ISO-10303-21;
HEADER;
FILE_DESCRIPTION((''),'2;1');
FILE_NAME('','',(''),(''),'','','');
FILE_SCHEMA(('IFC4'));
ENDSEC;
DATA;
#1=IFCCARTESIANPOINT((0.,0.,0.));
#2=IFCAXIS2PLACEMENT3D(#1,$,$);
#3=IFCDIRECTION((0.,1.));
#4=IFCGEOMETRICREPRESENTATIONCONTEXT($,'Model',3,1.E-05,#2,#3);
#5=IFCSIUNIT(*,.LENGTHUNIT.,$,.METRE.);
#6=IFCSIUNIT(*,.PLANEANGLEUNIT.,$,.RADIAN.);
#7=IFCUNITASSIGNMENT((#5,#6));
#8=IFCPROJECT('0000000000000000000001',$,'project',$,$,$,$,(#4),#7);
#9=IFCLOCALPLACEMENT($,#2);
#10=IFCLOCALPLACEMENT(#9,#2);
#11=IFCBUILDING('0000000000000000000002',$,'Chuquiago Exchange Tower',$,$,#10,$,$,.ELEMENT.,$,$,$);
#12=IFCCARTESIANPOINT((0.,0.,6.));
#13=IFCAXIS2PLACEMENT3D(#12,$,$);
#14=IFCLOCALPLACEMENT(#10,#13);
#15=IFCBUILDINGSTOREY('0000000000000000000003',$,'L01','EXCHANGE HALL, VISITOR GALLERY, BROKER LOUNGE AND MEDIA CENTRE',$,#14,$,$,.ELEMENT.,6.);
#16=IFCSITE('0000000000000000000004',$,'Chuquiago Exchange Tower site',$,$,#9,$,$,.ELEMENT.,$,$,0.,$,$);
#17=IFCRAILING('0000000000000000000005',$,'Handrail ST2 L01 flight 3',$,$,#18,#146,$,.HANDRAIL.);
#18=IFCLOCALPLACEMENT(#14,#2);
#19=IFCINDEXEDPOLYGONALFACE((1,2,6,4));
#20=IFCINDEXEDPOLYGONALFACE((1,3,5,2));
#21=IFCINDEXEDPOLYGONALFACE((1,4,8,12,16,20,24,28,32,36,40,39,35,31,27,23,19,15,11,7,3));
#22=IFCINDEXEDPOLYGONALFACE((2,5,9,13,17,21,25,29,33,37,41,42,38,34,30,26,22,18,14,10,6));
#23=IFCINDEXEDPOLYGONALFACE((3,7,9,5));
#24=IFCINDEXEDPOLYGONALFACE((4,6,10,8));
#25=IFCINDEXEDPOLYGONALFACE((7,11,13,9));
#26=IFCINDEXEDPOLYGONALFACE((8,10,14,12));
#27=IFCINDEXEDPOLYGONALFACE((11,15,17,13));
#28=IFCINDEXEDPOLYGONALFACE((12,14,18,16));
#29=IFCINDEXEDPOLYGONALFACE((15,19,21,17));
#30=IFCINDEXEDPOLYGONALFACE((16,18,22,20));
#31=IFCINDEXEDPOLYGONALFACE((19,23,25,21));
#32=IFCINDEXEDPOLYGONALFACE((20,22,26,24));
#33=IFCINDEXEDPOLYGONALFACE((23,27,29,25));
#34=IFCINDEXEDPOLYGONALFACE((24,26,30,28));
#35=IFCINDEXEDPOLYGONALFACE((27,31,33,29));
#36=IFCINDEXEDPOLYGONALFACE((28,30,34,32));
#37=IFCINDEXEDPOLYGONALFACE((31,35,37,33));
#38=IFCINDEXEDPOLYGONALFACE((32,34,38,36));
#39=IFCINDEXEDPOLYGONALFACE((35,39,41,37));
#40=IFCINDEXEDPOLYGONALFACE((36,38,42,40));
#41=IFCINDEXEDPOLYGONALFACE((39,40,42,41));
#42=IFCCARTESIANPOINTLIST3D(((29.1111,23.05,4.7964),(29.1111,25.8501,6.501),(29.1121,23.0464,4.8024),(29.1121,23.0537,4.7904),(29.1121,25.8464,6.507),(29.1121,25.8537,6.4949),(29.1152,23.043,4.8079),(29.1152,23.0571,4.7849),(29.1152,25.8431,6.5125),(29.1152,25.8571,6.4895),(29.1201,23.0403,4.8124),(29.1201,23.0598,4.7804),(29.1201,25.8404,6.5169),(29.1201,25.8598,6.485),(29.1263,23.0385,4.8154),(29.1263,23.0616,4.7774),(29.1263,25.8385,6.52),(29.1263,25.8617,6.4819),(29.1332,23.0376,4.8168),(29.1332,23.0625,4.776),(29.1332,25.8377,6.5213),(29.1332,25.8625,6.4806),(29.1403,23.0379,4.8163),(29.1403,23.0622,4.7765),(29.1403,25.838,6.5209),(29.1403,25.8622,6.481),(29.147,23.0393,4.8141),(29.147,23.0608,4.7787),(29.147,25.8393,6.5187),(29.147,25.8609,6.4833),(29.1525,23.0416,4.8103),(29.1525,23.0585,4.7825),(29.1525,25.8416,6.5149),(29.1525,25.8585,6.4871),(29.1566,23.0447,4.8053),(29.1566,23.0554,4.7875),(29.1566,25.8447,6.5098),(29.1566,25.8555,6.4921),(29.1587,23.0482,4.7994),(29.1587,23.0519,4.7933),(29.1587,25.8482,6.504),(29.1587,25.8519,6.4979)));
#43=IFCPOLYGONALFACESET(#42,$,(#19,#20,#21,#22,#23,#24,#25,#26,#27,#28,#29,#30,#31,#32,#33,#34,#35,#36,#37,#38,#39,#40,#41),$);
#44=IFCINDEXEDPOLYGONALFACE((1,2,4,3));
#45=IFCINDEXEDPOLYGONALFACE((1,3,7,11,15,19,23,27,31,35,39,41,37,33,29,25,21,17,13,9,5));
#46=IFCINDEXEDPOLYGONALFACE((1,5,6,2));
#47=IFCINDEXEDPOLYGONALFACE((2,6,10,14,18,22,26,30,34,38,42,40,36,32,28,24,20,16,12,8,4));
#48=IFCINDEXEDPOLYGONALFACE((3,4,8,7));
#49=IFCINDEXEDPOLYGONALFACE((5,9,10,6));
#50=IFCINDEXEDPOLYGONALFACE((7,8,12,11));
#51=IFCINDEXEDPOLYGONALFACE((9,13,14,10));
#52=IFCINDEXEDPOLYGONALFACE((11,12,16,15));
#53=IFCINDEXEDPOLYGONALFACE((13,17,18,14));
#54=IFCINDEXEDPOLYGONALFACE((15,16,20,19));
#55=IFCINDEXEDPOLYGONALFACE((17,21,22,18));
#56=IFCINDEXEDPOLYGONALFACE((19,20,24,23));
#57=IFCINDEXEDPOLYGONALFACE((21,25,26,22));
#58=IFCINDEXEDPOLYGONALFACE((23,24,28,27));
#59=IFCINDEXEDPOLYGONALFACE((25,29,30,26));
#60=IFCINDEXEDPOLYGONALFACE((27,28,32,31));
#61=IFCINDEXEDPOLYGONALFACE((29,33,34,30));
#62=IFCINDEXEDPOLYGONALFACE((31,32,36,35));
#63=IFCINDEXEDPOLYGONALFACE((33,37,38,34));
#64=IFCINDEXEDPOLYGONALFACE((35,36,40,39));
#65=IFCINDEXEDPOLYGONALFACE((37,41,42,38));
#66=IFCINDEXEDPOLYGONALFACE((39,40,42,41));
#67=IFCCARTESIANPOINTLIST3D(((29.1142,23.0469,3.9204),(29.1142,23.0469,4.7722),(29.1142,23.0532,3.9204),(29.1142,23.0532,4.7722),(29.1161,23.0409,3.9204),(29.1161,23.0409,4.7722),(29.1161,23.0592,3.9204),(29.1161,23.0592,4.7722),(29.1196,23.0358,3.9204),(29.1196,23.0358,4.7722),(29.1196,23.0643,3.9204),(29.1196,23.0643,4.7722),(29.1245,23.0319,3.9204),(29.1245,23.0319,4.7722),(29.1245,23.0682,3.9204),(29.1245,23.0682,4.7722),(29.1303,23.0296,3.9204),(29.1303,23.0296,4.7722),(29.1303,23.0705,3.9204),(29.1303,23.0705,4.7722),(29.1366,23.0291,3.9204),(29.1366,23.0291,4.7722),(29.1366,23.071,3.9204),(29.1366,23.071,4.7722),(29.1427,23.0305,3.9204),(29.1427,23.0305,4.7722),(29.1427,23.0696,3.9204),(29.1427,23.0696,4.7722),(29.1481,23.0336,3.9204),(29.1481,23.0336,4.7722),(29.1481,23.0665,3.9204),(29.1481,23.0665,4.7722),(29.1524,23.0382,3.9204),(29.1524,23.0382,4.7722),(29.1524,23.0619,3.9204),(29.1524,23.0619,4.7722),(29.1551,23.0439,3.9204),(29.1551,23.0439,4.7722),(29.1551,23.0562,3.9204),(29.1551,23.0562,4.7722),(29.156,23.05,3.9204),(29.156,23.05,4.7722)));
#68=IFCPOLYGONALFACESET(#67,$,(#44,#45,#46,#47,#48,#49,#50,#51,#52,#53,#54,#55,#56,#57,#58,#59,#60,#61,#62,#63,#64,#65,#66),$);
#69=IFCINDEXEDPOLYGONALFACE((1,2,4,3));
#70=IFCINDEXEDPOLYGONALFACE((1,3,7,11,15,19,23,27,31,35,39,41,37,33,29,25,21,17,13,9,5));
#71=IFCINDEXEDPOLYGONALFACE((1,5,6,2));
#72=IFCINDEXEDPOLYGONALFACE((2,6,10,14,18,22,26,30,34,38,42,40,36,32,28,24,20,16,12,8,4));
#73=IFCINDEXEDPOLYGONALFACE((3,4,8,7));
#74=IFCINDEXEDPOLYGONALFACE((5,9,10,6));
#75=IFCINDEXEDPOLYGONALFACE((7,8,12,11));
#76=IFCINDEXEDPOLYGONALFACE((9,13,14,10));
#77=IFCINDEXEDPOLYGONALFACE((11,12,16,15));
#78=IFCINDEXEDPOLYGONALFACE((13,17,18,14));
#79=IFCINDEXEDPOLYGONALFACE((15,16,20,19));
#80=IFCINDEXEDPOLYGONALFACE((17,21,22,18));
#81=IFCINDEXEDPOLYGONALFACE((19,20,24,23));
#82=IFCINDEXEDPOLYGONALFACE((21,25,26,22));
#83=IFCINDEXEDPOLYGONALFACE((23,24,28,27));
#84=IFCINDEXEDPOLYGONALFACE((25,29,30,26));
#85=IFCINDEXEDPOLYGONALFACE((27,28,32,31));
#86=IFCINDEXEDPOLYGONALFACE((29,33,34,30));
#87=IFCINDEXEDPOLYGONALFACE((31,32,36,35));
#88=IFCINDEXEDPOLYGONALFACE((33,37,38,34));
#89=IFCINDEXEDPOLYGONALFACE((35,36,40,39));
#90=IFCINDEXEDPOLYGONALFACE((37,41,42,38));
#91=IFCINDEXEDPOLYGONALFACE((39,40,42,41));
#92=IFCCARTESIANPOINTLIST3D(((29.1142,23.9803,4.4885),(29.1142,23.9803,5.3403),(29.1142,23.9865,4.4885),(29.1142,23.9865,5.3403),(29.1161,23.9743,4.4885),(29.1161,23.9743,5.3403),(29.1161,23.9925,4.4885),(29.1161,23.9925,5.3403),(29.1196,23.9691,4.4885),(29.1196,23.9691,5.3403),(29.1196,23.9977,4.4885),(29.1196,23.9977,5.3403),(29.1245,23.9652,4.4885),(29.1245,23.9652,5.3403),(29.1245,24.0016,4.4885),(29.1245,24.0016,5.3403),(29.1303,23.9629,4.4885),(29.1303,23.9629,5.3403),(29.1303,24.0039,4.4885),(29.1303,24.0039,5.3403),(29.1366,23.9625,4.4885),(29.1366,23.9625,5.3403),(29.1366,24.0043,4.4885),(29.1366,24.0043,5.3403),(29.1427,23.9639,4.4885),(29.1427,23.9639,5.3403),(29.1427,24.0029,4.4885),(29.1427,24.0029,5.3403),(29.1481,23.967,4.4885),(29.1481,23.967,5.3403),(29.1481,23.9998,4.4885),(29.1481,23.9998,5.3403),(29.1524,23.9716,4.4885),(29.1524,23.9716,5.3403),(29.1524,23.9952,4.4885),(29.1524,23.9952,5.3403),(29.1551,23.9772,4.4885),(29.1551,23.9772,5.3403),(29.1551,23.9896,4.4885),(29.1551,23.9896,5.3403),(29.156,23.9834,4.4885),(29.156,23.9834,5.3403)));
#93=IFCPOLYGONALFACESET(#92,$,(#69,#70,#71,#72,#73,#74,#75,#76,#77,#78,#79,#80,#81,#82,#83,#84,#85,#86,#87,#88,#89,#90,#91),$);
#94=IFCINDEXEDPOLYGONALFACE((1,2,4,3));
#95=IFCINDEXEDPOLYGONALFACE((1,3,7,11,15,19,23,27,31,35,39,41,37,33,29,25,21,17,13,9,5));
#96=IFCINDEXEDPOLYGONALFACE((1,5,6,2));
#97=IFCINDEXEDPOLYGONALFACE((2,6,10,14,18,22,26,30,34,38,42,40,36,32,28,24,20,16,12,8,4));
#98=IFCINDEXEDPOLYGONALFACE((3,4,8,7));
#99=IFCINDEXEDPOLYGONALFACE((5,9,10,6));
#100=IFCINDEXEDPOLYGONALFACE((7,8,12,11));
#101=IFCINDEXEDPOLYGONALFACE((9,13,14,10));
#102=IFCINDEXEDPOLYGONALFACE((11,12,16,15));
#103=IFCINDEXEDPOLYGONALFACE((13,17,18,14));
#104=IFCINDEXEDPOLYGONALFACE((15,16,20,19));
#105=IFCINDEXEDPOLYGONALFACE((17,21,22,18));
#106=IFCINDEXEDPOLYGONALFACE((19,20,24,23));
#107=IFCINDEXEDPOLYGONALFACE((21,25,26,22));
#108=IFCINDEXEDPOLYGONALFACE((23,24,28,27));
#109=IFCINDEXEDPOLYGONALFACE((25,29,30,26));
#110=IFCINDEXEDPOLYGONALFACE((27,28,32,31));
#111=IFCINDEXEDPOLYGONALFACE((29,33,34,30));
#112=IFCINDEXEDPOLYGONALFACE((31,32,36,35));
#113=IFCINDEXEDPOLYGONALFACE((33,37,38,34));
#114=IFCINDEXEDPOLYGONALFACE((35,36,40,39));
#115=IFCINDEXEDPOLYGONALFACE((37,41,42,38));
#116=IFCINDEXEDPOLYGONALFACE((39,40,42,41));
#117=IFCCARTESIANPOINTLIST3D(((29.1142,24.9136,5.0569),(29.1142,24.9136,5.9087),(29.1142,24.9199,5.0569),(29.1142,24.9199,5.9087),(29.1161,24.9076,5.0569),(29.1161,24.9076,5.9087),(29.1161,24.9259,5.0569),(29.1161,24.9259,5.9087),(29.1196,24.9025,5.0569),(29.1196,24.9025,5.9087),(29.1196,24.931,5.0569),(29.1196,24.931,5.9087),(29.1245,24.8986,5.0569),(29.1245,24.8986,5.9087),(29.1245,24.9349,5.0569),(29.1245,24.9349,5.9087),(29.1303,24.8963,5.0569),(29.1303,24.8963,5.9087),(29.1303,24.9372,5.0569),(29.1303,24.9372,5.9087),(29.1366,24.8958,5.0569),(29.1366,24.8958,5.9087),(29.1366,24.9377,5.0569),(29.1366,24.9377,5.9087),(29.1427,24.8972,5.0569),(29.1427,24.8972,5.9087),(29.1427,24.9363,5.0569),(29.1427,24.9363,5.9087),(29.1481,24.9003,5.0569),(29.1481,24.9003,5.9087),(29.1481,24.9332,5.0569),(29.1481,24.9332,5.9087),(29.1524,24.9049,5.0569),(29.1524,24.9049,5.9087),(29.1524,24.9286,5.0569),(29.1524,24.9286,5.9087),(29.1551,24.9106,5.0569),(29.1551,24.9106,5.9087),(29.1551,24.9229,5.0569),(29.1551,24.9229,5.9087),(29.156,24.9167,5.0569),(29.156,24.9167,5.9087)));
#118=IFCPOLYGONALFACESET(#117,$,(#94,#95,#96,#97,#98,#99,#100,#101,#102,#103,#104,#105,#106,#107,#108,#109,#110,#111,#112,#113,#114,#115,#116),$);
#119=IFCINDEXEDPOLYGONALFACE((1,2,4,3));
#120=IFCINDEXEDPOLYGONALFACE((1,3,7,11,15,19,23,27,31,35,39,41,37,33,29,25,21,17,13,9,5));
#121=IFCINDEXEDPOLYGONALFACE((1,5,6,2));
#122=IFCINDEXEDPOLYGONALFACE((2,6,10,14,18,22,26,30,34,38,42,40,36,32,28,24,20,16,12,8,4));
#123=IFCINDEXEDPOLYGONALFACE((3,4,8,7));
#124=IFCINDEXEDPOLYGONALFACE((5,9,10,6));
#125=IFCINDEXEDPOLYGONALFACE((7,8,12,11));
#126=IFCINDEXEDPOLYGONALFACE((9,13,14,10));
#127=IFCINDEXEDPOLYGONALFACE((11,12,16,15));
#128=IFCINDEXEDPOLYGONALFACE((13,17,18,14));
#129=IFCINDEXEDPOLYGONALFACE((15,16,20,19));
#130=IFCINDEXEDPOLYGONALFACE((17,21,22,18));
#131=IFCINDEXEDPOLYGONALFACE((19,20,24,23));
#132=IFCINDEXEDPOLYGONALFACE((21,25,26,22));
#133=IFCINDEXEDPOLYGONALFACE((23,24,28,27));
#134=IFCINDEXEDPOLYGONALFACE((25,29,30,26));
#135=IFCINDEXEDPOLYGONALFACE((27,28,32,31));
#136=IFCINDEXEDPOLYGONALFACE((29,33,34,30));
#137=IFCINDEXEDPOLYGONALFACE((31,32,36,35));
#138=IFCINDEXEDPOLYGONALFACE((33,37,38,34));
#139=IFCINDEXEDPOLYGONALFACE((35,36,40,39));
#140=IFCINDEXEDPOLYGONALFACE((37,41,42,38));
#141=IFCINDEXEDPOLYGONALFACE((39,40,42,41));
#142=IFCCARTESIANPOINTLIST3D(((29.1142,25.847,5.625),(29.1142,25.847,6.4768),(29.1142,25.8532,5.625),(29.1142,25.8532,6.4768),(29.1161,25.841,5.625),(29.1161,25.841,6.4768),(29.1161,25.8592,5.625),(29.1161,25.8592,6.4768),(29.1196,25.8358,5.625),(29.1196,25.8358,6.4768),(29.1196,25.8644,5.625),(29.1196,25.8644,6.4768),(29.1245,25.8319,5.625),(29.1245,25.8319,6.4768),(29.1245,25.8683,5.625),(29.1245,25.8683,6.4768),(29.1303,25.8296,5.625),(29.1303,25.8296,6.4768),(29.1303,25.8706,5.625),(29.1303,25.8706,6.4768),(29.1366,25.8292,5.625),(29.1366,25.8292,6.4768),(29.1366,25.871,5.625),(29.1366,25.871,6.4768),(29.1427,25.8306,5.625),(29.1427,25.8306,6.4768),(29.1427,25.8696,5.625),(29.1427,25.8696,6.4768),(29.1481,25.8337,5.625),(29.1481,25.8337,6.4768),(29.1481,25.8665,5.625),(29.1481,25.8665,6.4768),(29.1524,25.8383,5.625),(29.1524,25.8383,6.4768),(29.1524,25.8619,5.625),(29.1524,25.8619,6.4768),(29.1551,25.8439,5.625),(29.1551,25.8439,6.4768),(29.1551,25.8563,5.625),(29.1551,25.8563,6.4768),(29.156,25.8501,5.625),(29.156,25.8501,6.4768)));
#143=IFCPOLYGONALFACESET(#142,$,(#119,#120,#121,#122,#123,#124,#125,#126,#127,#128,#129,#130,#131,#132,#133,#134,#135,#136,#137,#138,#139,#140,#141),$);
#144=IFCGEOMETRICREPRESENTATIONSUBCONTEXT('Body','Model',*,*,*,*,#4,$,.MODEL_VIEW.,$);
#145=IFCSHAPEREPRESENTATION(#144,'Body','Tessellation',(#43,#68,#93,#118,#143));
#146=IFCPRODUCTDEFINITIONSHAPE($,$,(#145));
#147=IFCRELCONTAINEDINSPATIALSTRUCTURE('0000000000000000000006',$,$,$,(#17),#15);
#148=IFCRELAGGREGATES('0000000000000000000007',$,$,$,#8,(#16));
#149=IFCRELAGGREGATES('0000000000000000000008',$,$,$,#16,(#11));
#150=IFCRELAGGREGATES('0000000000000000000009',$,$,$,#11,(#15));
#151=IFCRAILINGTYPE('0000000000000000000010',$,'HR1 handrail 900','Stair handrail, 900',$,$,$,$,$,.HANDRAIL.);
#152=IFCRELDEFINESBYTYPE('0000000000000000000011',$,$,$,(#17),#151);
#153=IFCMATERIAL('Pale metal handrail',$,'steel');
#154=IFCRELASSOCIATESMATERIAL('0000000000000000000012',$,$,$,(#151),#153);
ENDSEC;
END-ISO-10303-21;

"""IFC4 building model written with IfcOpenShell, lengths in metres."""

from ifc_helpers import new_model, si_unit, direction, frame, origin, origin_2d, place, context, subcontext, project, spatial, circle, extrude, material, type_object, element, save


model = new_model("IFC4")

# Units and contexts
model_context = context("Model", 3, precision=1e-05, world=origin(), true_north=direction((0.0, 1.0)))
body_context = subcontext(model_context, "Body", "Model", "MODEL_VIEW")
ifc_project = project(units=[si_unit("LENGTHUNIT", "METRE"), si_unit("PLANEANGLEUNIT", "RADIAN")], contexts=[model_context])

# Site, building, storey
site_placement = place(None, origin())
site = spatial("IfcSite", under=ifc_project, at=site_placement, Name="Chuquiago Exchange Tower site", CompositionType="ELEMENT", RefElevation=0.0)
building_placement = place(site_placement, origin())
building = spatial("IfcBuilding", under=site, at=building_placement, Name="Chuquiago Exchange Tower", CompositionType="ELEMENT")
storey_placement = place(building_placement, frame((0.0, 0.0, 6.0)))
storey = spatial("IfcBuildingStorey", under=building, at=storey_placement, Name="L01", Description="EXCHANGE HALL, VISITOR GALLERY, BROKER LOUNGE AND MEDIA CENTRE", CompositionType="ELEMENT", Elevation=6.0)

# Railing
ifc_material_1 = material(Name="Pale metal handrail", Category="steel")
railing_type_1 = type_object("IfcRailingType", Name="HR1 handrail 900", Description="Stair handrail, 900", PredefinedType="HANDRAIL", material=ifc_material_1)
for number, where, name in (
    (1, (29.135, 23.05, 3.9204), "Handrail ST2 L01 flight 3"),
):
    element("IfcRailing", number, at=place(storey_placement, frame(where)), inside=storey, type_object=railing_type_1, Name=name, PredefinedType="HANDRAIL", context=body_context, shape_type="SweptSolid", body=[
        extrude(circle(Radius=0.0239, at=origin_2d()), frame((0.0, 0.0, 0.876), z_axis=(0.0, 0.85417, 0.519994), x_axis=(-1.0, 0.0, 0.0)), (0.0, 0.0, 1.0), 3.2781),
        extrude(circle(Radius=0.021, at=origin_2d()), origin(), (0.0, 0.0, 1.0), 0.8518),
        extrude(circle(Radius=0.021, at=origin_2d()), frame((0.0, 0.9333, 0.5681)), (0.0, 0.0, 1.0), 0.8518),
        extrude(circle(Radius=0.021, at=origin_2d()), frame((0.0, 1.8667, 1.1365)), (0.0, 0.0, 1.0), 0.8518),
        extrude(circle(Radius=0.021, at=origin_2d()), frame((0.0, 2.8, 1.7046)), (0.0, 0.0, 1.0), 0.8518),
    ])

save(model, "model.ifc")
